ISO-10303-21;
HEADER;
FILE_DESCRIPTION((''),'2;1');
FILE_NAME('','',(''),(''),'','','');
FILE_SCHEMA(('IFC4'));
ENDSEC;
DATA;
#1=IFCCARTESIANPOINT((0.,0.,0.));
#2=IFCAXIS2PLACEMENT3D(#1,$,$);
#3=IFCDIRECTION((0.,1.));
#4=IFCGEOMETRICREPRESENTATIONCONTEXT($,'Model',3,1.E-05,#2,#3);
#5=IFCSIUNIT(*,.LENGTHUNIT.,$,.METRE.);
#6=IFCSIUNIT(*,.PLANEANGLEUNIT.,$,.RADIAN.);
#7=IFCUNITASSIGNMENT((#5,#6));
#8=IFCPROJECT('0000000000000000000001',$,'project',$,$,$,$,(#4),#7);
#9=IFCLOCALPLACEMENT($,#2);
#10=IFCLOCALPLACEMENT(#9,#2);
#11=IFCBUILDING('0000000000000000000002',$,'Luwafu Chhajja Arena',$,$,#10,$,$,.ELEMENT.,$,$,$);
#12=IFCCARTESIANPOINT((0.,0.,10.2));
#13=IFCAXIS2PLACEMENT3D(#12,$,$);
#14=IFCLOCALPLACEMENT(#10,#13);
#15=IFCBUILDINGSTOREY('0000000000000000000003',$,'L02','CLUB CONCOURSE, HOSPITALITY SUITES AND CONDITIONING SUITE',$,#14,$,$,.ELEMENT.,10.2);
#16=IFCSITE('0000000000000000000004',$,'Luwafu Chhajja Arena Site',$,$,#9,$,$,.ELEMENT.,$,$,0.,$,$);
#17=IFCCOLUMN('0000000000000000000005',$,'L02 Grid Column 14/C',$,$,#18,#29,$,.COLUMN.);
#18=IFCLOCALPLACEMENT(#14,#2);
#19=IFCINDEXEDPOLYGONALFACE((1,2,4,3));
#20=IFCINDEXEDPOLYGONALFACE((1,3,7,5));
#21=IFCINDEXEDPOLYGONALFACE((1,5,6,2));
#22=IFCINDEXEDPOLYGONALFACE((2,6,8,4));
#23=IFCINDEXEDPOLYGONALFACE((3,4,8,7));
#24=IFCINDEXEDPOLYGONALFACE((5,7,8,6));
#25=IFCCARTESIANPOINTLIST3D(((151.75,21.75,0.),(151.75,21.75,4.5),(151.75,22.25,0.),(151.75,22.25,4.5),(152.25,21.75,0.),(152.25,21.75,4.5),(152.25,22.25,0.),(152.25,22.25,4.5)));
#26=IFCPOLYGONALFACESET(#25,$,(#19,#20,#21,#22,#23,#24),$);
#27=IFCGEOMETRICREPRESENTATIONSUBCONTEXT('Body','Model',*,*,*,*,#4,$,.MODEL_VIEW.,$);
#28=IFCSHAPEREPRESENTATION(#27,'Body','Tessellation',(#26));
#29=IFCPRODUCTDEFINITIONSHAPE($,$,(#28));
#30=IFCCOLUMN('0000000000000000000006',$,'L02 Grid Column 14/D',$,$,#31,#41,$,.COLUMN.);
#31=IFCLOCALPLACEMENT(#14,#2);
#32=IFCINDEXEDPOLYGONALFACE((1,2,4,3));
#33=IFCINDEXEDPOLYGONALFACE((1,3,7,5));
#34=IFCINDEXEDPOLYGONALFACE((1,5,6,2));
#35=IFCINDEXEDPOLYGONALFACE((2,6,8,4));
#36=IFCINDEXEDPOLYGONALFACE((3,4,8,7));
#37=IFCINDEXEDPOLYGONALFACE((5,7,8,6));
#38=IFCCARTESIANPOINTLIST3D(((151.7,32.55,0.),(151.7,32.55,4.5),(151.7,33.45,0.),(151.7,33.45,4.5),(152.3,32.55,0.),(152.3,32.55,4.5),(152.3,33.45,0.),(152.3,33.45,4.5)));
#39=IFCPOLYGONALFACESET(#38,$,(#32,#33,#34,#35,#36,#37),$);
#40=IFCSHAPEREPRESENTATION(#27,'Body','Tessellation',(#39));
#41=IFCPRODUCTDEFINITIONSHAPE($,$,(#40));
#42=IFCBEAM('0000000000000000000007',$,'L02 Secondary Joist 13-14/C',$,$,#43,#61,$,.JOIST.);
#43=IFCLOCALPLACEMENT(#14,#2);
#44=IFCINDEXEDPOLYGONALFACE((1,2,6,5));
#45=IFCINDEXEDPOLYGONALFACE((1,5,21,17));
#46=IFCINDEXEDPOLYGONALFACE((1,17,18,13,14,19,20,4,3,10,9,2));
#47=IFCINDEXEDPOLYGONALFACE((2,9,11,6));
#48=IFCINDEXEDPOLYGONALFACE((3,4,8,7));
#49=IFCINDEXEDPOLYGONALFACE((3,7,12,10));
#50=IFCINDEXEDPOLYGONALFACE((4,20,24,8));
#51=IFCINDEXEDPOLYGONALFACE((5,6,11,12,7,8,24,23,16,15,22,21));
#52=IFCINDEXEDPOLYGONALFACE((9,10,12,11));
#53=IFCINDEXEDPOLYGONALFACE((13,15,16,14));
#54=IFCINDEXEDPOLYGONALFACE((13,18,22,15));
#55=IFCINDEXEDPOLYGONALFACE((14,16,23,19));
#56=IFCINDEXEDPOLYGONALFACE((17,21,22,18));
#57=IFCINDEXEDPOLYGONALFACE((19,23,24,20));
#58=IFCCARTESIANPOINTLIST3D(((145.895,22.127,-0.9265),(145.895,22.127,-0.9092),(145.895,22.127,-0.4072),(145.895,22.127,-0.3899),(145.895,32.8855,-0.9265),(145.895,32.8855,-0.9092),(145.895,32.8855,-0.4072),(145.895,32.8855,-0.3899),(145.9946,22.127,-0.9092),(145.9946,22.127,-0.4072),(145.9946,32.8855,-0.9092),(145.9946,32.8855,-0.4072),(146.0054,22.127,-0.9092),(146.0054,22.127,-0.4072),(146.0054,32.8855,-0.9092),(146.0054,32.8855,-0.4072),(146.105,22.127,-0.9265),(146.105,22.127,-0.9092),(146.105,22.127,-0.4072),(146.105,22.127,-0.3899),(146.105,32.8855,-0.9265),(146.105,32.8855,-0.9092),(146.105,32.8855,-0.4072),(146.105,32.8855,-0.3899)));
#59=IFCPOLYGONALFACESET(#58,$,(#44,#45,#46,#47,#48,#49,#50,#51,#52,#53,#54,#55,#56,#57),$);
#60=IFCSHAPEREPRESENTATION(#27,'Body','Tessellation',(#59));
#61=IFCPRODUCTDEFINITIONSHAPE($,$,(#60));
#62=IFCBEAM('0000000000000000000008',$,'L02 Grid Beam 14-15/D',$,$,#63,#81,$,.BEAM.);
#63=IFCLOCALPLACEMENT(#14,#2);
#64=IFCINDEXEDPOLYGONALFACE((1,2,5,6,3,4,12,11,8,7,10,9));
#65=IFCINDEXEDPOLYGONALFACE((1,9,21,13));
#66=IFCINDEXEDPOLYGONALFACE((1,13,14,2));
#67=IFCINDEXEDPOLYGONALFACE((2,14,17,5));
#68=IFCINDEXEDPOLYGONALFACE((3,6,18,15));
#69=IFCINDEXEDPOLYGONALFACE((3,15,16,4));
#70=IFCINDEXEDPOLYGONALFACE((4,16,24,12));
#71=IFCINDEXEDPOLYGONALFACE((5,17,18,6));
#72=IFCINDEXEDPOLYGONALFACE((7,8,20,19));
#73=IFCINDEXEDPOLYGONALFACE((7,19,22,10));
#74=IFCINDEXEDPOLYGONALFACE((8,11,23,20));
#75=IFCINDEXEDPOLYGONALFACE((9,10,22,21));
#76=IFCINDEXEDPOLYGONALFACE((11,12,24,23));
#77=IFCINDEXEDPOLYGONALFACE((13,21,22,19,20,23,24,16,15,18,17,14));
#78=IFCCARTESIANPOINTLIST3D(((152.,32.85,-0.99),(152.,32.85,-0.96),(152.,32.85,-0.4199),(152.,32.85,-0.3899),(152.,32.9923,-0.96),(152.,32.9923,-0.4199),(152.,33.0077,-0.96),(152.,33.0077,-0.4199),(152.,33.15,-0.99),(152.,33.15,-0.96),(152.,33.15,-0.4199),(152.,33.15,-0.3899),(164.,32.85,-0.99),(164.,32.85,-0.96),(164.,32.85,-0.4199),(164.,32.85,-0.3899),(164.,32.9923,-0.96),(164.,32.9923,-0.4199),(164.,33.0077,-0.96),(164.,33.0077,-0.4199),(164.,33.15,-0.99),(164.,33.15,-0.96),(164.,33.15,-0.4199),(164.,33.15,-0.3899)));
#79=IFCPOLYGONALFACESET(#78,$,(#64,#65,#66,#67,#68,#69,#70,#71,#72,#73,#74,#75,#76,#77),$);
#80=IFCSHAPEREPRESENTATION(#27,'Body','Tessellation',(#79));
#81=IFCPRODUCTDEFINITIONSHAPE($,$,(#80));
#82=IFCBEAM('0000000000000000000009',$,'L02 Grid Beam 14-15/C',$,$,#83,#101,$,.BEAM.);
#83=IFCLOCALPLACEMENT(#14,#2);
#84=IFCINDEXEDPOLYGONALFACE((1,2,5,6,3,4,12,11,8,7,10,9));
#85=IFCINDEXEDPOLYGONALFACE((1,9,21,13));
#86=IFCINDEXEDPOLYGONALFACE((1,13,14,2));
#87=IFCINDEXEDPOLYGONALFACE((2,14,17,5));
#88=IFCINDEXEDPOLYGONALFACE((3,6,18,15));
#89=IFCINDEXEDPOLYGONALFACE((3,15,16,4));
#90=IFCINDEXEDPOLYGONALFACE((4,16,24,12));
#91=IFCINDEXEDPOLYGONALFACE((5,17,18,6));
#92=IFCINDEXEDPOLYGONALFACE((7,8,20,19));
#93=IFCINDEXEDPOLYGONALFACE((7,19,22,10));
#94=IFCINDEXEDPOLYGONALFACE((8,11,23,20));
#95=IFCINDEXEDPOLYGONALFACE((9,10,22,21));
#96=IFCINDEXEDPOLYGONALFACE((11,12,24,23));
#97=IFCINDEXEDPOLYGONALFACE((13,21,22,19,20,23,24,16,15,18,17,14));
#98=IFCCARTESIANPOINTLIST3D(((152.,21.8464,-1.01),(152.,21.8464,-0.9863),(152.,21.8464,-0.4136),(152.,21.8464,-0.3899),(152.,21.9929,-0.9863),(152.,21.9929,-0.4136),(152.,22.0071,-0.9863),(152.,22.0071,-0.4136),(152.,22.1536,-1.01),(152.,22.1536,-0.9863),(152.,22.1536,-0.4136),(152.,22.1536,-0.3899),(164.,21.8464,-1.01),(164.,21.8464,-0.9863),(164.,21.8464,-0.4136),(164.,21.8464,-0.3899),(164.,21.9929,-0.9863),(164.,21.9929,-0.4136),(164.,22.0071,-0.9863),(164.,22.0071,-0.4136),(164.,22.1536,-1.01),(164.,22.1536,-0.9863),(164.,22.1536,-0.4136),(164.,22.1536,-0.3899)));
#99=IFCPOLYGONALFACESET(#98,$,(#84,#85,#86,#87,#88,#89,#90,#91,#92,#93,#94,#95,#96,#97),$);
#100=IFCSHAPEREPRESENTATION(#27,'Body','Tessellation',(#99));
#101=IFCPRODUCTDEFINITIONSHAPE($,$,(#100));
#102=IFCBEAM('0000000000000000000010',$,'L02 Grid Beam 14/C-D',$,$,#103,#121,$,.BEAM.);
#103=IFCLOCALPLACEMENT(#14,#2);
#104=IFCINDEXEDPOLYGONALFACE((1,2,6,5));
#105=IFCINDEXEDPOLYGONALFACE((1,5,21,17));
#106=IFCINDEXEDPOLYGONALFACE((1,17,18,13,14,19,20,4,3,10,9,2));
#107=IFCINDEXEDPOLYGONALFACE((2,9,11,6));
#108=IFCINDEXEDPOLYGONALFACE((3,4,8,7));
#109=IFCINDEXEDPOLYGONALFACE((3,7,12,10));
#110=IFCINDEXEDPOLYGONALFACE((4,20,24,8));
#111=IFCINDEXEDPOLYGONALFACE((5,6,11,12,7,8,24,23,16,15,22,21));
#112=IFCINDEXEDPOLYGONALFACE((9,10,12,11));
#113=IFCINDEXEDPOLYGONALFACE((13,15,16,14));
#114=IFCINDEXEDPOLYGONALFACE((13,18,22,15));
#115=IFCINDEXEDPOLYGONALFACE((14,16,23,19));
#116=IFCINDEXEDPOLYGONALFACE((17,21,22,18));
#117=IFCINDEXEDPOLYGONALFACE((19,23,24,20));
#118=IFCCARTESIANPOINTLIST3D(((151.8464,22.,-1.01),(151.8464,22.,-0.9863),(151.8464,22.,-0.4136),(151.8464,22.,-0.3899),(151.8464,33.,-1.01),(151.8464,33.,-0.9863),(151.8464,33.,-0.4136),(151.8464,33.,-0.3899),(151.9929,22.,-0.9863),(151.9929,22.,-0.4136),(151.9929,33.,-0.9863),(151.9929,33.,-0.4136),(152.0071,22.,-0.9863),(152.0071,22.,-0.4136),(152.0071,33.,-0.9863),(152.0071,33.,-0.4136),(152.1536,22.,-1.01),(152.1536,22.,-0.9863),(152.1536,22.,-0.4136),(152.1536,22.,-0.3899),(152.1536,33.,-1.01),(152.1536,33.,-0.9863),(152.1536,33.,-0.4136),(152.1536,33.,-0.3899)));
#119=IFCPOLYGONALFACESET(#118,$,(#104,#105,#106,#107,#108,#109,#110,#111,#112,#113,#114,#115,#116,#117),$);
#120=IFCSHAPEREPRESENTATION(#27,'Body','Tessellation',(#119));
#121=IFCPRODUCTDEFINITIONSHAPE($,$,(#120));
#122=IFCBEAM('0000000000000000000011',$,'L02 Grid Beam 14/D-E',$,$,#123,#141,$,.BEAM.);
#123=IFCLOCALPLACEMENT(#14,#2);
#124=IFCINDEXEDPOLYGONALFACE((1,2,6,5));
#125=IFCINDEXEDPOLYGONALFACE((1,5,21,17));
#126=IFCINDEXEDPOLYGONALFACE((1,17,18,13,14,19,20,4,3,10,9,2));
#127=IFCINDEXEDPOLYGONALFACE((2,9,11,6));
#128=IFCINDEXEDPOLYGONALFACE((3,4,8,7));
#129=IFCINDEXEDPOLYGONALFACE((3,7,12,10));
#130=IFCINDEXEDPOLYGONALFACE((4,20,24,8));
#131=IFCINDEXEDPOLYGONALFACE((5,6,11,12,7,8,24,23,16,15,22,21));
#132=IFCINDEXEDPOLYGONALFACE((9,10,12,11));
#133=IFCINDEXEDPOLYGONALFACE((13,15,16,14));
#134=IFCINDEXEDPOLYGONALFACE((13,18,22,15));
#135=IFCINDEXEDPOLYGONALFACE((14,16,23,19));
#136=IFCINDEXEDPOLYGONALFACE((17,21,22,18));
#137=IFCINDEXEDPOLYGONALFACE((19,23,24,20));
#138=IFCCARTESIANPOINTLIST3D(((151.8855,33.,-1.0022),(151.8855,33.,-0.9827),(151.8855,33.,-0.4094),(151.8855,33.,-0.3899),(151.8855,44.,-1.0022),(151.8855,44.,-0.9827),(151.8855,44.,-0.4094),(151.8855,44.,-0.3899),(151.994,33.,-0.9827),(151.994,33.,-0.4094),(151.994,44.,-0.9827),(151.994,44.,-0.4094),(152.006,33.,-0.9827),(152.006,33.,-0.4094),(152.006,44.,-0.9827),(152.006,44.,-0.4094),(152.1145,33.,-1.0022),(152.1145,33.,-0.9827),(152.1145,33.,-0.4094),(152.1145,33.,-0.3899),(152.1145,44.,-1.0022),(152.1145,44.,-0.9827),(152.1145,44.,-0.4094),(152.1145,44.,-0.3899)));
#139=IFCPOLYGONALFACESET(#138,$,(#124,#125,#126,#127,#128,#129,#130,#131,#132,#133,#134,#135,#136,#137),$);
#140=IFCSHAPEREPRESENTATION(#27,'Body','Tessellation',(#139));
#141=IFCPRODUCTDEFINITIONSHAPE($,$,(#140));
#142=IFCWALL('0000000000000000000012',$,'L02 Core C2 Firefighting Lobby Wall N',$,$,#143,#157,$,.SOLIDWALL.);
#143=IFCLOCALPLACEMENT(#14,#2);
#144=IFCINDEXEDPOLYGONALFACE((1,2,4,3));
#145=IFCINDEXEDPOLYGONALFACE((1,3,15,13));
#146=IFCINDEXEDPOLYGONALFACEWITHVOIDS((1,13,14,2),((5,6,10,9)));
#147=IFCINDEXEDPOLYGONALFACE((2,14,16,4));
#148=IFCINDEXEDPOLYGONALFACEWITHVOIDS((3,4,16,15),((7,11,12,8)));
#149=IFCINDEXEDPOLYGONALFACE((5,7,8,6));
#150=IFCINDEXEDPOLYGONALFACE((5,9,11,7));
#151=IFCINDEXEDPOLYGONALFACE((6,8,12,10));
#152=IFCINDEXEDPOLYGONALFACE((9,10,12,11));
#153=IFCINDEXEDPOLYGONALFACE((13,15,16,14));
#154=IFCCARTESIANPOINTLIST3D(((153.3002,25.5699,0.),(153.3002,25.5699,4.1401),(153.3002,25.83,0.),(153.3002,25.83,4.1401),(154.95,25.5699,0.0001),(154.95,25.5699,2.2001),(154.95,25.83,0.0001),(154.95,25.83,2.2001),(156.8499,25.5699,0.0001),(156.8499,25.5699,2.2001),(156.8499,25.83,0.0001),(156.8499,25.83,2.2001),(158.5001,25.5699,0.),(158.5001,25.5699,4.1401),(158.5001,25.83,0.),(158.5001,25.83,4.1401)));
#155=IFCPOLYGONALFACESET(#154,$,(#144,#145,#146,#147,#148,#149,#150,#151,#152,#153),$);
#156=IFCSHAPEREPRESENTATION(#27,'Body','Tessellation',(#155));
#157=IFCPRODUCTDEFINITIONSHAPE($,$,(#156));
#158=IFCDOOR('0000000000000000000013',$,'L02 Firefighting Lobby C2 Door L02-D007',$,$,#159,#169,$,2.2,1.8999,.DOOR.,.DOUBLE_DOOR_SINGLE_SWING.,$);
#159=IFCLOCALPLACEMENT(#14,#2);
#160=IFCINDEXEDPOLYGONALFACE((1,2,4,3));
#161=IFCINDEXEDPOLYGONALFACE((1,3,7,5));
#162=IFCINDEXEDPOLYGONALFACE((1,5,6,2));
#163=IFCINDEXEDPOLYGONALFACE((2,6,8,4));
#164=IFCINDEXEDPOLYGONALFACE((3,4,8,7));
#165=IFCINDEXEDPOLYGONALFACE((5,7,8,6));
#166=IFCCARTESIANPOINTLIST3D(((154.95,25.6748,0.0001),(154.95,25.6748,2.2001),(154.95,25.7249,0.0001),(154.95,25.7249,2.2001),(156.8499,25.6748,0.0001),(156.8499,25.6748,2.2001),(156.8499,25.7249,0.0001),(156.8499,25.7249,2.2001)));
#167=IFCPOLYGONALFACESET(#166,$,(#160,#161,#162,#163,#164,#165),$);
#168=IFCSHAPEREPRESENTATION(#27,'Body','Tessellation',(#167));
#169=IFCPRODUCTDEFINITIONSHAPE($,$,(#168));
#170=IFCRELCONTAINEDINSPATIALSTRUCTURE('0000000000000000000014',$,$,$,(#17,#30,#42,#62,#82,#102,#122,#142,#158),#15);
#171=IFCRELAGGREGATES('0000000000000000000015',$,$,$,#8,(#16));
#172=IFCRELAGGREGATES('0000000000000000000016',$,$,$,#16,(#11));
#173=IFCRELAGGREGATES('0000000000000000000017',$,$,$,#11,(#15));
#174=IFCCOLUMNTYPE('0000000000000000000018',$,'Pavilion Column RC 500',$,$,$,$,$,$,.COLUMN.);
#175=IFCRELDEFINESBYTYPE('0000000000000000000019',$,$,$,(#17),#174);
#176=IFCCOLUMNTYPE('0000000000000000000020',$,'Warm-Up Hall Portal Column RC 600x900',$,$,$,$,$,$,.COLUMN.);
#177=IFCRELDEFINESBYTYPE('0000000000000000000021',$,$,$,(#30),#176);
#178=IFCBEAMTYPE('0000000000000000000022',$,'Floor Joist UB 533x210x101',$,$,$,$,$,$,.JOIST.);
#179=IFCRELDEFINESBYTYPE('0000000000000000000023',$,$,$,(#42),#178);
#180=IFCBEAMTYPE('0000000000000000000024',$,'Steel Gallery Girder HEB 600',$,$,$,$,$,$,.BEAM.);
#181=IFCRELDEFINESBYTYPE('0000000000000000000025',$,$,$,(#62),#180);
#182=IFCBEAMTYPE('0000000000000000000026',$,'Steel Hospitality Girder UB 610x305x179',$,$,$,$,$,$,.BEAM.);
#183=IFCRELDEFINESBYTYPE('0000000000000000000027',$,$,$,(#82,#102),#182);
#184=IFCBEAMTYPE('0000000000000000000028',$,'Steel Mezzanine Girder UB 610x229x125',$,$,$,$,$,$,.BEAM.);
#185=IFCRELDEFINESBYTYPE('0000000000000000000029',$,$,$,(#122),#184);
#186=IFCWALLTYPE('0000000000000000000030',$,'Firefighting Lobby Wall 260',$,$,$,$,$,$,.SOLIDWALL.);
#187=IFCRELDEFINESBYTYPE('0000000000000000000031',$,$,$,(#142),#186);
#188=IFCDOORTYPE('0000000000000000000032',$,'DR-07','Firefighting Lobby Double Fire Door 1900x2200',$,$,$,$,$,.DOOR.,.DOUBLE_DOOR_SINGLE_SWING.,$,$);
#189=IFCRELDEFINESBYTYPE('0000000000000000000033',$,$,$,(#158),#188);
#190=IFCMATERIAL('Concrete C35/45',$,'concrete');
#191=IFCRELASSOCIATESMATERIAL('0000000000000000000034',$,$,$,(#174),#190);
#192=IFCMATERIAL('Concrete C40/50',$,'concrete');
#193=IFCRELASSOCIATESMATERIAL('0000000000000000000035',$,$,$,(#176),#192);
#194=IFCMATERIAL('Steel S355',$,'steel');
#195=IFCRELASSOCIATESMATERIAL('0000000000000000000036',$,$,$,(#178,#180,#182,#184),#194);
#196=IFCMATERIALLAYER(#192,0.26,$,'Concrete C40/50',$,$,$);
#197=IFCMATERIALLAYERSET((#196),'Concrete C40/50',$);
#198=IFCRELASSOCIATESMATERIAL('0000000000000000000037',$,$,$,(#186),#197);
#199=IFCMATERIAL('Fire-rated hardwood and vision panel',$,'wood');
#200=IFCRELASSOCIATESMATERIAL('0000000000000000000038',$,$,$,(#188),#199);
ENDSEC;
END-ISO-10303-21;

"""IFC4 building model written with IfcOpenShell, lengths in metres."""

from ifc_helpers import new_model, si_unit, direction, frame, frame_2d, origin, origin_2d, place, context, subcontext, project, spatial, rectangle, i_section, extrude, material, layer, layer_set, material_profile, profile_set, type_object, element, fill, save


model = new_model("IFC4")

# Units and contexts
model_context = context("Model", 3, precision=1e-05, world=origin(), true_north=direction((0.0, 1.0)))
body_context = subcontext(model_context, "Body", "Model", "MODEL_VIEW")
ifc_project = project(units=[si_unit("LENGTHUNIT", "METRE"), si_unit("PLANEANGLEUNIT", "RADIAN")], contexts=[model_context])

# Site, building, storey
site_placement = place(None, origin())
site = spatial("IfcSite", under=ifc_project, at=site_placement, Name="Luwafu Chhajja Arena Site", CompositionType="ELEMENT", RefElevation=0.0)
building_placement = place(site_placement, origin())
building = spatial("IfcBuilding", under=site, at=building_placement, Name="Luwafu Chhajja Arena", CompositionType="ELEMENT")
storey_placement = place(building_placement, frame((0.0, 0.0, 10.2)))
storey = spatial("IfcBuildingStorey", under=building, at=storey_placement, Name="L02", Description="CLUB CONCOURSE, HOSPITALITY SUITES AND CONDITIONING SUITE", CompositionType="ELEMENT", Elevation=10.2)

# Columns
ifc_material_1 = material(Name="Concrete C35/45", Category="concrete")
ifc_material_profile_1 = material_profile(ifc_material_1, rectangle(XDim=0.5, YDim=0.5, at=origin_2d()), Name="RC 500x500")
ifc_profile_set_1 = profile_set([ifc_material_profile_1], Name="Concrete C35/45")
column_type_1 = type_object("IfcColumnType", Name="Pavilion Column RC 500", PredefinedType="COLUMN", material=ifc_profile_set_1)
column_1_placement = place(storey_placement, frame((152.0, 22.0, 0.0), z_axis=(0.0, 0.0, 1.0), x_axis=(1.0, 0.0, 0.0)))
element("IfcColumn", 1, at=column_1_placement, inside=storey, type_object=column_type_1, Name="L02 Grid Column 14/C", PredefinedType="COLUMN", context=body_context, shape_type="SweptSolid", body=[
    extrude(rectangle(XDim=0.5, YDim=0.5, at=origin_2d()), origin(), (0.0, 0.0, 1.0), 4.5),
])
ifc_material_2 = material(Name="Concrete C40/50", Category="concrete")
ifc_material_profile_2 = material_profile(ifc_material_2, rectangle(XDim=0.6001, YDim=0.8999, at=origin_2d()), Name="RC 600x900")
ifc_profile_set_2 = profile_set([ifc_material_profile_2], Name="Concrete C40/50")
column_type_2 = type_object("IfcColumnType", Name="Warm-Up Hall Portal Column RC 600x900", PredefinedType="COLUMN", material=ifc_profile_set_2)
column_2_placement = place(storey_placement, frame((152.0, 33.0, 0.0), z_axis=(0.0, 0.0, 1.0), x_axis=(1.0, 0.0, 0.0)))
element("IfcColumn", 2, at=column_2_placement, inside=storey, type_object=column_type_2, Name="L02 Grid Column 14/D", PredefinedType="COLUMN", context=body_context, shape_type="SweptSolid", body=[
    extrude(rectangle(XDim=0.6001, YDim=0.8999, at=origin_2d()), origin(), (0.0, 0.0, 1.0), 4.5),
])

# Beams
ifc_material_3 = material(Name="Steel S355", Category="steel")
ifc_material_profile_3 = material_profile(ifc_material_3, i_section(OverallWidth=0.21, OverallDepth=0.5366, WebThickness=0.0107, FlangeThickness=0.0173, at=origin_2d()), Name="UB 533x210x101")
ifc_profile_set_3 = profile_set([ifc_material_profile_3], Name="Steel S355")
beam_type_1 = type_object("IfcBeamType", Name="Floor Joist UB 533x210x101", PredefinedType="JOIST", material=ifc_profile_set_3)
beam_1_placement = place(storey_placement, frame((146.0, 22.127, -0.6582), z_axis=(0.0, 1.0, 0.0), x_axis=(-1.0, 0.0, 0.0)))
element("IfcBeam", 3, at=beam_1_placement, inside=storey, type_object=beam_type_1, Name="L02 Secondary Joist 13-14/C", PredefinedType="JOIST", context=body_context, shape_type="SweptSolid", body=[
    extrude(i_section(OverallWidth=0.21, OverallDepth=0.5366, WebThickness=0.0107, FlangeThickness=0.0173, at=origin_2d()), origin(), (0.0, 0.0, 1.0), 10.7585),
])
ifc_material_profile_4 = material_profile(ifc_material_3, i_section(OverallWidth=0.3, OverallDepth=0.6001, WebThickness=0.0154, FlangeThickness=0.03, at=origin_2d()), Name="HEB 600")
ifc_profile_set_4 = profile_set([ifc_material_profile_4], Name="Steel S355")
beam_type_2 = type_object("IfcBeamType", Name="Steel Gallery Girder HEB 600", PredefinedType="BEAM", material=ifc_profile_set_4)
beam_2_placement = place(storey_placement, frame((152.0, 33.0, -0.6899), z_axis=(1.0, 0.0, 0.0), x_axis=(0.0, 1.0, 0.0)))
element("IfcBeam", 4, at=beam_2_placement, inside=storey, type_object=beam_type_2, Name="L02 Grid Beam 14-15/D", PredefinedType="BEAM", context=body_context, shape_type="SweptSolid", body=[
    extrude(i_section(OverallWidth=0.3, OverallDepth=0.6001, WebThickness=0.0154, FlangeThickness=0.03, at=origin_2d()), origin(), (0.0, 0.0, 1.0), 12.0),
])
ifc_material_profile_5 = material_profile(ifc_material_3, i_section(OverallWidth=0.3071, OverallDepth=0.6201, WebThickness=0.0142, FlangeThickness=0.0237, at=origin_2d()), Name="UB 610x305x179")
ifc_profile_set_5 = profile_set([ifc_material_profile_5], Name="Steel S355")
beam_type_3 = type_object("IfcBeamType", Name="Steel Hospitality Girder UB 610x305x179", PredefinedType="BEAM", material=ifc_profile_set_5)
beam_3_placement = place(storey_placement, frame((152.0, 22.0, -0.7), z_axis=(1.0, 0.0, 0.0), x_axis=(0.0, 1.0, 0.0)))
element("IfcBeam", 5, at=beam_3_placement, inside=storey, type_object=beam_type_3, Name="L02 Grid Beam 14-15/C", PredefinedType="BEAM", context=body_context, shape_type="SweptSolid", body=[
    extrude(i_section(OverallWidth=0.3071, OverallDepth=0.6201, WebThickness=0.0142, FlangeThickness=0.0237, at=origin_2d()), origin(), (0.0, 0.0, 1.0), 12.0),
])
beam_4_placement = place(storey_placement, frame((152.0, 22.0, -0.7), z_axis=(0.0, 1.0, 0.0), x_axis=(-1.0, 0.0, 0.0)))
element("IfcBeam", 6, at=beam_4_placement, inside=storey, type_object=beam_type_3, Name="L02 Grid Beam 14/C-D", PredefinedType="BEAM", context=body_context, shape_type="SweptSolid", body=[
    extrude(i_section(OverallWidth=0.3071, OverallDepth=0.6201, WebThickness=0.0142, FlangeThickness=0.0237, at=origin_2d()), origin(), (0.0, 0.0, 1.0), 11.0),
])
ifc_material_profile_6 = material_profile(ifc_material_3, i_section(OverallWidth=0.229, OverallDepth=0.6123, WebThickness=0.012, FlangeThickness=0.0195, at=origin_2d()), Name="UB 610x229x125")
ifc_profile_set_6 = profile_set([ifc_material_profile_6], Name="Steel S355")
beam_type_4 = type_object("IfcBeamType", Name="Steel Mezzanine Girder UB 610x229x125", PredefinedType="BEAM", material=ifc_profile_set_6)
beam_5_placement = place(storey_placement, frame((152.0, 33.0, -0.696), z_axis=(0.0, 1.0, 0.0), x_axis=(-1.0, 0.0, 0.0)))
element("IfcBeam", 7, at=beam_5_placement, inside=storey, type_object=beam_type_4, Name="L02 Grid Beam 14/D-E", PredefinedType="BEAM", context=body_context, shape_type="SweptSolid", body=[
    extrude(i_section(OverallWidth=0.229, OverallDepth=0.6123, WebThickness=0.012, FlangeThickness=0.0195, at=origin_2d()), origin(), (0.0, 0.0, 1.0), 11.0),
])

# Wall, opening, door
ifc_layer_1 = layer(ifc_material_2, 0.26, Name="Concrete C40/50")
ifc_layer_set_1 = layer_set([ifc_layer_1], Name="Concrete C40/50")
wall_type_1 = type_object("IfcWallType", Name="Firefighting Lobby Wall 260", PredefinedType="SOLIDWALL", material=ifc_layer_set_1)
wall_1_placement = place(storey_placement, frame((153.3, 25.7, 0.0), z_axis=(0.0, 0.0, 1.0), x_axis=(1.0, 0.0, 0.0)))
wall_1 = element("IfcWall", 8, at=wall_1_placement, inside=storey, type_object=wall_type_1, Name="L02 Core C2 Firefighting Lobby Wall N", PredefinedType="SOLIDWALL", context=body_context, shape_type="SweptSolid", body=[
    extrude(rectangle(XDim=5.2, YDim=0.26, at=frame_2d((2.6001, 0.0))), origin(), (0.0, 0.0, 1.0), 4.1401),
])
opening_1_placement = place(wall_1_placement, frame((1.6499, 0.0, 0.0)))
opening_1 = element("IfcOpeningElement", 9, at=opening_1_placement, cuts=wall_1, PredefinedType="OPENING", context=body_context, shape_type="SweptSolid", body=[
    extrude(rectangle(XDim=1.8999, YDim=2.2, at=frame_2d((0.95, 1.1001))), frame((0.0, 0.1399, 0.0), z_axis=(0.0, -1.0, 0.0), x_axis=(1.0, 0.0, 0.0)), (0.0, 0.0, 1.0), 0.28),
])
ifc_material_4 = material(Name="Fire-rated hardwood and vision panel", Category="wood")
door_type_1 = type_object("IfcDoorType", Name="DR-07", Description="Firefighting Lobby Double Fire Door 1900x2200", OperationType="DOUBLE_DOOR_SINGLE_SWING", PredefinedType="DOOR", material=ifc_material_4)
door_1_placement = place(opening_1_placement, origin())
door_1 = element("IfcDoor", 10, at=door_1_placement, inside=storey, type_object=door_type_1, Name="L02 Firefighting Lobby C2 Door L02-D007", OperationType="DOUBLE_DOOR_SINGLE_SWING", OverallHeight=2.2, OverallWidth=1.8999, PredefinedType="DOOR", context=body_context, shape_type="SweptSolid", body=[
    extrude(rectangle(XDim=1.8999, YDim=2.2, at=frame_2d((0.95, 1.1001))), frame((0.0, 0.0249, 0.0), z_axis=(0.0, -1.0, 0.0), x_axis=(1.0, 0.0, 0.0)), (0.0, 0.0, 1.0), 0.05),
])
fill(opening_1, door_1)

save(model, "model.ifc")
